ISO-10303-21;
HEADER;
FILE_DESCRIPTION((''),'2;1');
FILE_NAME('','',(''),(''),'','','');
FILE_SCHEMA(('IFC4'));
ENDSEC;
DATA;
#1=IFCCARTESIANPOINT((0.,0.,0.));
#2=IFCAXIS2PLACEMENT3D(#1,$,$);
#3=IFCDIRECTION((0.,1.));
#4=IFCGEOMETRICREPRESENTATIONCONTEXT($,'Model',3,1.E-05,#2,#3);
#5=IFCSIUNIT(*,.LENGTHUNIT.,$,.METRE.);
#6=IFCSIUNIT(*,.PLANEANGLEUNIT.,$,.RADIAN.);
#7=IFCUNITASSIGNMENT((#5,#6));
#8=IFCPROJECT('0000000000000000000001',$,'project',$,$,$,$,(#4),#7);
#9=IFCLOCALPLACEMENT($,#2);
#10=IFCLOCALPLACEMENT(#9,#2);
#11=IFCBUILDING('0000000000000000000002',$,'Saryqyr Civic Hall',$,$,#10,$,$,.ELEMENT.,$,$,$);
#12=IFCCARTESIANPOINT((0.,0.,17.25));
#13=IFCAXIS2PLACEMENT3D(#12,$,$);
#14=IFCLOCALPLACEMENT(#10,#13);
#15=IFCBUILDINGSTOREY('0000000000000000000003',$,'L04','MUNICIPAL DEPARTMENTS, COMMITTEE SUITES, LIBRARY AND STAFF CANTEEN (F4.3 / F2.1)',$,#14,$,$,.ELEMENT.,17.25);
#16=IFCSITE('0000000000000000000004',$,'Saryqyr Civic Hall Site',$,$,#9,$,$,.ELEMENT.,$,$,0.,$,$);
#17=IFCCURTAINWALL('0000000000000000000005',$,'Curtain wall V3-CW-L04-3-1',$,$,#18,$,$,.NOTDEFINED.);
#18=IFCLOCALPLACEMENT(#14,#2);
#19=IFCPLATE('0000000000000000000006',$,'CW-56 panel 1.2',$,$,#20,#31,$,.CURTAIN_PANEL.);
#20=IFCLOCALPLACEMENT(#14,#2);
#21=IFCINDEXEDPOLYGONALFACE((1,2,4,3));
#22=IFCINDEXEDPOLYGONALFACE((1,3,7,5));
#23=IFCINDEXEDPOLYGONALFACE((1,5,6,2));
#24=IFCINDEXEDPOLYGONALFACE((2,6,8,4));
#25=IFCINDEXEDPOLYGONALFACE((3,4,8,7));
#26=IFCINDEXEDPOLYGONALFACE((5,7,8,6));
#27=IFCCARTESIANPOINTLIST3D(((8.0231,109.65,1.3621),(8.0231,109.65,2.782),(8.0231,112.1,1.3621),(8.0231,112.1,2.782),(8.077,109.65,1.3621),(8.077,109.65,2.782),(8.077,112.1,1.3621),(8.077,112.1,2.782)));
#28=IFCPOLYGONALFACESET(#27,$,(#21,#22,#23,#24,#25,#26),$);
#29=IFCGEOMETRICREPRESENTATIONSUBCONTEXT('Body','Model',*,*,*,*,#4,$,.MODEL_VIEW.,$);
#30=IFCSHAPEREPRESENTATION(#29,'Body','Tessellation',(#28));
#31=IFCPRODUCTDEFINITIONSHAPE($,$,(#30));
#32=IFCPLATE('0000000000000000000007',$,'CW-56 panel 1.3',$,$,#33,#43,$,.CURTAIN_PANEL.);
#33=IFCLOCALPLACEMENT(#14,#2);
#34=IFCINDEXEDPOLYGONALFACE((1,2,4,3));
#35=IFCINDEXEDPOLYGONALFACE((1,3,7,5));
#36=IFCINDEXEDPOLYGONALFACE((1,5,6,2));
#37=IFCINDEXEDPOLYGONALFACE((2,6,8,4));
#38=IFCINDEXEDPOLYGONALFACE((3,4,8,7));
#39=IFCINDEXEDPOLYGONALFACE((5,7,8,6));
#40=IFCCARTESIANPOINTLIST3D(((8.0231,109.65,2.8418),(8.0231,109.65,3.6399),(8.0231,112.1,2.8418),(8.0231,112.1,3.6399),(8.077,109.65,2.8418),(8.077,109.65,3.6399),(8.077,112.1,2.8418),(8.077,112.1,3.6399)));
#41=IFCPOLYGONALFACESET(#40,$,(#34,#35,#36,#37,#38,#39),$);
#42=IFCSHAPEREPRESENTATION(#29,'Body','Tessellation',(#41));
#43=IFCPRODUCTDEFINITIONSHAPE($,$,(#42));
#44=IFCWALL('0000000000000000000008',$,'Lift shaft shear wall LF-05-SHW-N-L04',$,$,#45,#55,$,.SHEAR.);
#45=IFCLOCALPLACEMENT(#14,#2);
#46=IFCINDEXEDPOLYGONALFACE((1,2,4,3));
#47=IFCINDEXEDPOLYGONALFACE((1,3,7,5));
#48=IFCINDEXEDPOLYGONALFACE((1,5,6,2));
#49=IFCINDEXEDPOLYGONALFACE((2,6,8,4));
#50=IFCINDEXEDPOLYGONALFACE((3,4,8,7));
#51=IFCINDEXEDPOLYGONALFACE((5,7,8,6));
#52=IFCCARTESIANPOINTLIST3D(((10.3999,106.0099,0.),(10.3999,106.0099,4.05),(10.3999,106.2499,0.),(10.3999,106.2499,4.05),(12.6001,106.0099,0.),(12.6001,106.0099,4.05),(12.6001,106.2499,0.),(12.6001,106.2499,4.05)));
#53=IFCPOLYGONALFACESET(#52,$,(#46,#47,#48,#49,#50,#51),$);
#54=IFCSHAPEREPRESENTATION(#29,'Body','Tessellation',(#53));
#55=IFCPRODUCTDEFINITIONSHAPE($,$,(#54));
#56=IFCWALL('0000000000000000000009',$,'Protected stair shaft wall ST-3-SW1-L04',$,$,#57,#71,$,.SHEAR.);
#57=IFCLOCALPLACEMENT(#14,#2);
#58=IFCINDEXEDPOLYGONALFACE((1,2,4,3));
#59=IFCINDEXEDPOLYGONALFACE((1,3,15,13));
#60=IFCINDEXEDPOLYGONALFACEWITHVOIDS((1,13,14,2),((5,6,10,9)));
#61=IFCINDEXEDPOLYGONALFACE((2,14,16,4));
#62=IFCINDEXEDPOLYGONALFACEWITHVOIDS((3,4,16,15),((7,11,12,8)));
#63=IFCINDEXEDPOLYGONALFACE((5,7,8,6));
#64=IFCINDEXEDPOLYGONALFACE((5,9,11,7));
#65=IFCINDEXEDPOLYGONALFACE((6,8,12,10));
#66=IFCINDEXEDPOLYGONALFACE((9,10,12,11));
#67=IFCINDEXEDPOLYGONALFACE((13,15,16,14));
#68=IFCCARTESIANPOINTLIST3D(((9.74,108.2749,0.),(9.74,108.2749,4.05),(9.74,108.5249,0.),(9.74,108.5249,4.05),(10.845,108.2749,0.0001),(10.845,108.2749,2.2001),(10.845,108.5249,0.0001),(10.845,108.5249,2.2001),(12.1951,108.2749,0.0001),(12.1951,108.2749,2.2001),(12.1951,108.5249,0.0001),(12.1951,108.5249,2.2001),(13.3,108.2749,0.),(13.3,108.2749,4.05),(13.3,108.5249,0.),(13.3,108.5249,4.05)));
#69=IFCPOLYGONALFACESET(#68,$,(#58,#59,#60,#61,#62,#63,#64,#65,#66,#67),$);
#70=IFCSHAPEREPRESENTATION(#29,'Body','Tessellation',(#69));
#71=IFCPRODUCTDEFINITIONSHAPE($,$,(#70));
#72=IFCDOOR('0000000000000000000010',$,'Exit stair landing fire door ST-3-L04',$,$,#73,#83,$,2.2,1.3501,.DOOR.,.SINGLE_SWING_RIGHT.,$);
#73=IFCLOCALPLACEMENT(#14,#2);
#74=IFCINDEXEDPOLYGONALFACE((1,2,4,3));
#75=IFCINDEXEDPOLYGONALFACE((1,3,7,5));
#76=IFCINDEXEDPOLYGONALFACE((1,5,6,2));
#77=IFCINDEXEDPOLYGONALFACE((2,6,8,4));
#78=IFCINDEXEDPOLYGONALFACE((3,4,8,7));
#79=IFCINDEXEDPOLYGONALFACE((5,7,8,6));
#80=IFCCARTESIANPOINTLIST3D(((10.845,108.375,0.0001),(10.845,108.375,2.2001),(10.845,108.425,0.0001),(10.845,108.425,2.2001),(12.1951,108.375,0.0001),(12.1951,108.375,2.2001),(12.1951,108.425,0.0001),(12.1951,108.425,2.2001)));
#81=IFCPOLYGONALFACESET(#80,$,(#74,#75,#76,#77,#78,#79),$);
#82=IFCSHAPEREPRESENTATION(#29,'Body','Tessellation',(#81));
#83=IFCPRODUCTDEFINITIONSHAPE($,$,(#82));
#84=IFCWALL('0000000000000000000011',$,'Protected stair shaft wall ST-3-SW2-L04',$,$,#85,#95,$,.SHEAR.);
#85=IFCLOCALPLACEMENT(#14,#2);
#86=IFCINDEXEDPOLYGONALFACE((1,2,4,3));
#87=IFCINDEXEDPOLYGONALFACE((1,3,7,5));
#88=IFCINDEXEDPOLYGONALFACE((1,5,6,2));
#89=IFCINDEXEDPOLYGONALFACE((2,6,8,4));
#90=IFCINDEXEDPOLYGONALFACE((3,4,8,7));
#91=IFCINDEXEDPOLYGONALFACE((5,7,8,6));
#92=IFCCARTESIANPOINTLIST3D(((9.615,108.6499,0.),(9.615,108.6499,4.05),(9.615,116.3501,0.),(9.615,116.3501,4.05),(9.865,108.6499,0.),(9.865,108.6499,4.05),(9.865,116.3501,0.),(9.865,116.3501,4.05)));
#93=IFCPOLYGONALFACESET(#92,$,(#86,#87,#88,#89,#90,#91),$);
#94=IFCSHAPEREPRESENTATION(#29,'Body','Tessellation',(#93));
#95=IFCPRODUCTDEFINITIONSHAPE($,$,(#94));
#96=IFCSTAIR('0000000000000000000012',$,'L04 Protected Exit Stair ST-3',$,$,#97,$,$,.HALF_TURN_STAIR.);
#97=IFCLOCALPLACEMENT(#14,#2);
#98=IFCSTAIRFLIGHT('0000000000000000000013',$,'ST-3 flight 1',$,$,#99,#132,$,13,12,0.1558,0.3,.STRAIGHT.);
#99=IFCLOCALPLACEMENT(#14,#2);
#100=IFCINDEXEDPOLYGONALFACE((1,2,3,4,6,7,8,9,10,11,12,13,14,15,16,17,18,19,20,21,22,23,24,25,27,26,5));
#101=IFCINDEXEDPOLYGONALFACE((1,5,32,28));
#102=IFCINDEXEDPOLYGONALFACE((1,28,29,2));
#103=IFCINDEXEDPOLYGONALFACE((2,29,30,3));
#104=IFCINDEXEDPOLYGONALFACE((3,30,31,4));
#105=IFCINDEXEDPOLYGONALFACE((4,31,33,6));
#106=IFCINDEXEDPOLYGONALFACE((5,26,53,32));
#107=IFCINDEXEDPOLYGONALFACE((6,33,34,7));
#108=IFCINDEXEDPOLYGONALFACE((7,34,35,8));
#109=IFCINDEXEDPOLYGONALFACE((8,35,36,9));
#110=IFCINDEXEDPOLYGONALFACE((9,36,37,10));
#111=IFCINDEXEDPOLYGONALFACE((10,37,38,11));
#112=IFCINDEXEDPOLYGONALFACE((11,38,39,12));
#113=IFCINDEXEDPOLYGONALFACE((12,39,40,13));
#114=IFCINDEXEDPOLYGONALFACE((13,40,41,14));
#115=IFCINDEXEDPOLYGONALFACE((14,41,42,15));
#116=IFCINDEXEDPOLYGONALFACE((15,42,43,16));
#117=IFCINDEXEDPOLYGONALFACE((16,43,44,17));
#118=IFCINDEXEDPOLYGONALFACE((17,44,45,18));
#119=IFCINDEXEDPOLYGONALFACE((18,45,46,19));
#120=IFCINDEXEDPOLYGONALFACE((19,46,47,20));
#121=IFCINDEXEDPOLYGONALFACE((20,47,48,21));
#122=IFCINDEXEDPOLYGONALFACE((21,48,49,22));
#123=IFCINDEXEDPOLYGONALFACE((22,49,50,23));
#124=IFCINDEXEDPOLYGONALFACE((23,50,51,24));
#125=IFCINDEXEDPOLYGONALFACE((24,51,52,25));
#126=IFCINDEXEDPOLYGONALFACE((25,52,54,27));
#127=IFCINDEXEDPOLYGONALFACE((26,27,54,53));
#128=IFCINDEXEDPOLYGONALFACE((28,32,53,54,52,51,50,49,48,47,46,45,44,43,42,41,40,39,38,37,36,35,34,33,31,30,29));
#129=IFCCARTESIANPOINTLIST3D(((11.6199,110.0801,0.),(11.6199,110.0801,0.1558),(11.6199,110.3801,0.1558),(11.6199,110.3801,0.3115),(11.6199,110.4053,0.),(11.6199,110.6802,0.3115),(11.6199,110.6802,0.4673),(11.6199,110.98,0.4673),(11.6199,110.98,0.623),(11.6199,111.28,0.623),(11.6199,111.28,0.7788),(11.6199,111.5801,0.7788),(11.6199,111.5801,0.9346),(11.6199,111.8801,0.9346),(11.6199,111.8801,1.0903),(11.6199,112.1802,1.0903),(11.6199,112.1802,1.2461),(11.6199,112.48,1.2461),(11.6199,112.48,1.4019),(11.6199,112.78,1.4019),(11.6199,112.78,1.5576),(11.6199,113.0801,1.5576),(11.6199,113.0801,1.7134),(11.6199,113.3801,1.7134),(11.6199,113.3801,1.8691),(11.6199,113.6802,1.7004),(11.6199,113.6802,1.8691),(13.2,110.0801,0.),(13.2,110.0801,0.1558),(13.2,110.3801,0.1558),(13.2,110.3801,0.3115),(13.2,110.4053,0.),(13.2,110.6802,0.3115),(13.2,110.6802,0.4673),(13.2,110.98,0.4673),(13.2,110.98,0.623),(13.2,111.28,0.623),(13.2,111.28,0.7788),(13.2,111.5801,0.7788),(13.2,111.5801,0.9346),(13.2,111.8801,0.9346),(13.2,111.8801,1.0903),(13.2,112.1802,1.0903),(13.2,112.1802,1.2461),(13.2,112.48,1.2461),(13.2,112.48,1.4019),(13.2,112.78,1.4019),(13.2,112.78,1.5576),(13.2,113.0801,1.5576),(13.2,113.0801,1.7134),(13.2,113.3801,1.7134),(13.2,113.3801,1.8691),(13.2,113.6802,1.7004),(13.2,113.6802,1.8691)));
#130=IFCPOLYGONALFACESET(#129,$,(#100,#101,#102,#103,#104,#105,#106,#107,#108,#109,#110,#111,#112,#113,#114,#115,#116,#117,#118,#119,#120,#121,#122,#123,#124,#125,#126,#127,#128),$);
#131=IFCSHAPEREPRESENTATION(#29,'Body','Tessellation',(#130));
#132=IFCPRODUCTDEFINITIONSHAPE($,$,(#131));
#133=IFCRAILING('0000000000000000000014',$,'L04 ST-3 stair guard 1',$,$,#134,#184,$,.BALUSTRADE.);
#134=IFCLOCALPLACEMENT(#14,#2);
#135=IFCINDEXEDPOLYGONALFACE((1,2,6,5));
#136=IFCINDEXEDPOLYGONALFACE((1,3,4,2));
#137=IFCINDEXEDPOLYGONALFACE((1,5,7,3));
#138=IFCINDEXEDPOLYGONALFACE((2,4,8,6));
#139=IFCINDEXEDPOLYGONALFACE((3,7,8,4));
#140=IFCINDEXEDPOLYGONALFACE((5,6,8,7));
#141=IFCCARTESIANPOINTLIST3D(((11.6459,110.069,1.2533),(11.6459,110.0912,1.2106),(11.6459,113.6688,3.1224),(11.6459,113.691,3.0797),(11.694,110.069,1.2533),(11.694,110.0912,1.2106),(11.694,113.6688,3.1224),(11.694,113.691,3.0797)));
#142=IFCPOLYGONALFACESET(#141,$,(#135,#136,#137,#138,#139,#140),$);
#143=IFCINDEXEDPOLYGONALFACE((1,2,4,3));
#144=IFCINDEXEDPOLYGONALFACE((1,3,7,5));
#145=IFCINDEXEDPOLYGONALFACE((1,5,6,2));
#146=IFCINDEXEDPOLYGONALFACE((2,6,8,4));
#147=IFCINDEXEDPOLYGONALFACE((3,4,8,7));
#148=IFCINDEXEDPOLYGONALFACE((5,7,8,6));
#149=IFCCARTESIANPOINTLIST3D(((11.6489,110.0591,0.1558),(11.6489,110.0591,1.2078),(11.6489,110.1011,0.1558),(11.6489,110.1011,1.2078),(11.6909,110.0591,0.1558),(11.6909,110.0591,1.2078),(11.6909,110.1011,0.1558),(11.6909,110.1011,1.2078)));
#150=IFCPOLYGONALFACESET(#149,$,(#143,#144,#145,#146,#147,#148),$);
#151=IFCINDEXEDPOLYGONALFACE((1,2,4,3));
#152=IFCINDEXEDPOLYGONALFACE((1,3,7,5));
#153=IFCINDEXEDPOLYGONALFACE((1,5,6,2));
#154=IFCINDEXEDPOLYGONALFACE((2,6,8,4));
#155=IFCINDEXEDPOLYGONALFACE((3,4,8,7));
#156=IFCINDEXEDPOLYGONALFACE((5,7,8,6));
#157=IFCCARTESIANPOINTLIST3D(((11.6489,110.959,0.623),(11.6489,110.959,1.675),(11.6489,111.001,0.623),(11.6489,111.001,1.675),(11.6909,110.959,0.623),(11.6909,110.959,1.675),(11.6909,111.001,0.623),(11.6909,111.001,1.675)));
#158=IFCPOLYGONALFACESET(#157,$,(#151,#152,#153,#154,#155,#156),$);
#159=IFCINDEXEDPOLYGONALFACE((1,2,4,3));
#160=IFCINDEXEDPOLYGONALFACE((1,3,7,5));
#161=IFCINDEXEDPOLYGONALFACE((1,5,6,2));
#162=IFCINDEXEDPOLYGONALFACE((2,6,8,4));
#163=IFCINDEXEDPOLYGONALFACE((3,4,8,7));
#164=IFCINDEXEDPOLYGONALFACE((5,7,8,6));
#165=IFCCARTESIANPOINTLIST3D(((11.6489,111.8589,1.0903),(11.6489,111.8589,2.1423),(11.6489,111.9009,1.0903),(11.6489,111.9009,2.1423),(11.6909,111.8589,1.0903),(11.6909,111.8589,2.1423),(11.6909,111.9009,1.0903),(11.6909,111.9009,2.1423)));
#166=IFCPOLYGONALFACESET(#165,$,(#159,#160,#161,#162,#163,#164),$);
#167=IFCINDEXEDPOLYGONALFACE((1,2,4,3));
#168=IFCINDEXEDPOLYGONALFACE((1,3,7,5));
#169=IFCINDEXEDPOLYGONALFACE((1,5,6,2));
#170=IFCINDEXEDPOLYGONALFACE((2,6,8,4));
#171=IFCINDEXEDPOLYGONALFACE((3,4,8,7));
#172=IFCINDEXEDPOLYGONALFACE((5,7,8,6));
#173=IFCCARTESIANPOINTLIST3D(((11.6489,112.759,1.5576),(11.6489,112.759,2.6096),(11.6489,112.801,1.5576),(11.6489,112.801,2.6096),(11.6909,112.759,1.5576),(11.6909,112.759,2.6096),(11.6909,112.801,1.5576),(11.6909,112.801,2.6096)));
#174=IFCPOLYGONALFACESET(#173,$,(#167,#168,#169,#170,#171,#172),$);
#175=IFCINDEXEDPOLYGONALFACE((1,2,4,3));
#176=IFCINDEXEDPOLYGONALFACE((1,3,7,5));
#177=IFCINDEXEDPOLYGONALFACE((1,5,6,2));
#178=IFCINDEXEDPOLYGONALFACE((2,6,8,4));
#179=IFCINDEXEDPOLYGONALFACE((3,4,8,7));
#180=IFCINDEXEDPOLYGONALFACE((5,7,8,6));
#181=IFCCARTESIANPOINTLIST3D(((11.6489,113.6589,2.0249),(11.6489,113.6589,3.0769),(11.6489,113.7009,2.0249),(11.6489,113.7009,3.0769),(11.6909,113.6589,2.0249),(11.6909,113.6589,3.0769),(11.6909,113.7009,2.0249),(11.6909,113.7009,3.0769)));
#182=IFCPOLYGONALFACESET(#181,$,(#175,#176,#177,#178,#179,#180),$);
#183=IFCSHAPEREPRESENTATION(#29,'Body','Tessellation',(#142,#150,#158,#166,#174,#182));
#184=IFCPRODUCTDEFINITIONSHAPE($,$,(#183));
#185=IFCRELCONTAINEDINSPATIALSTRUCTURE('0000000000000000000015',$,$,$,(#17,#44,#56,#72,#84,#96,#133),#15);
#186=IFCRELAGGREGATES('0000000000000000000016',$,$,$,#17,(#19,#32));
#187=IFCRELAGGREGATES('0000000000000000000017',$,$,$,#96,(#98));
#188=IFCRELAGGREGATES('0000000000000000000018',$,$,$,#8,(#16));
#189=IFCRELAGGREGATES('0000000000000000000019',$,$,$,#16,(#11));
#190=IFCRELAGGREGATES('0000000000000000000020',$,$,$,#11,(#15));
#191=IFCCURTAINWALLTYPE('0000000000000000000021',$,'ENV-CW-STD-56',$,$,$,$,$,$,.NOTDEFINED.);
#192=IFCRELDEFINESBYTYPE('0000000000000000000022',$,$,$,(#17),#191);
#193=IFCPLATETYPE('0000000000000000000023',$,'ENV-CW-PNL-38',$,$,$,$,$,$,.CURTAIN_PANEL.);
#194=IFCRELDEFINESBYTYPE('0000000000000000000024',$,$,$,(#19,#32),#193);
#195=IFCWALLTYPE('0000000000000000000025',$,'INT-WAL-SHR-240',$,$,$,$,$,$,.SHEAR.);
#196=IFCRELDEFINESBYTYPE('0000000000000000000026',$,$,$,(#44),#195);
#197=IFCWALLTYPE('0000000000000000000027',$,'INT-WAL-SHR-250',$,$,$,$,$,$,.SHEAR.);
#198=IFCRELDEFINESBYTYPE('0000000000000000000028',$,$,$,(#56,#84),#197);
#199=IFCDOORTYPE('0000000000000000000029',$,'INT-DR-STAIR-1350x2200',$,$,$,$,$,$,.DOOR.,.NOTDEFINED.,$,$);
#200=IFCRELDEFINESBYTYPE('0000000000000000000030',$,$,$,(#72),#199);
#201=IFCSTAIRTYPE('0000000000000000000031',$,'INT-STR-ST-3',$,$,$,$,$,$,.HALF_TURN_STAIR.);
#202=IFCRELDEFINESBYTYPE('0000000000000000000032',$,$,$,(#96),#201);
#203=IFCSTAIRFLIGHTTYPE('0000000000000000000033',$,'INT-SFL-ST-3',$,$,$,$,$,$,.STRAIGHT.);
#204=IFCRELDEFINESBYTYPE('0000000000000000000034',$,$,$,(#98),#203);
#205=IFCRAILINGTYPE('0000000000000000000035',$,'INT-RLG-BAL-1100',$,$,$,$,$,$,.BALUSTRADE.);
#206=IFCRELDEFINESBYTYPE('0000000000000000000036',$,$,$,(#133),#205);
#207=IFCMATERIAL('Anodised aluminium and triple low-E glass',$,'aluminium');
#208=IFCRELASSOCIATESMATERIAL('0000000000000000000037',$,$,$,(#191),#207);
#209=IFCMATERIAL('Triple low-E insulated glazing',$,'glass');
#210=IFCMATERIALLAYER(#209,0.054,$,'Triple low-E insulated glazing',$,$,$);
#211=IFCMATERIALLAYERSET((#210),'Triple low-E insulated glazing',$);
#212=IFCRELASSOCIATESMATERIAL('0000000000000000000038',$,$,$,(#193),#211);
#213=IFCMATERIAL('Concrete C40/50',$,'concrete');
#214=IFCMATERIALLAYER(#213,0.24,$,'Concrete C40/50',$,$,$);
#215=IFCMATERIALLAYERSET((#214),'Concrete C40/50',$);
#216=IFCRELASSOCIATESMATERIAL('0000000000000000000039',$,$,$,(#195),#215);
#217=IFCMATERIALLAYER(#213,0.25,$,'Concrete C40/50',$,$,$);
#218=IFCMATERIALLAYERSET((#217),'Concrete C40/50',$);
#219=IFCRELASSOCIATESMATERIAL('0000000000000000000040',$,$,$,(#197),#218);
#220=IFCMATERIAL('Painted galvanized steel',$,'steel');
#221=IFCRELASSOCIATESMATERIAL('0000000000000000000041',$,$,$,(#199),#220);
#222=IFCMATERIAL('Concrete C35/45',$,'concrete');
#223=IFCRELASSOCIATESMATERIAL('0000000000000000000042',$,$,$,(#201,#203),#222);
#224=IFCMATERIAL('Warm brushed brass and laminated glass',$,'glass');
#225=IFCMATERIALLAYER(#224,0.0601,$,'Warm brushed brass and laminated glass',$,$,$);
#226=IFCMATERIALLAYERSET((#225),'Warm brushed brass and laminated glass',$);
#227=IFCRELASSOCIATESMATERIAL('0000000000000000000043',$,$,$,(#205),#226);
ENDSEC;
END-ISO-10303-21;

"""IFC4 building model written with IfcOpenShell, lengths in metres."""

from ifc_helpers import new_model, si_unit, direction, frame, frame_2d, origin, origin_2d, place, context, subcontext, project, spatial, polyline, rectangle, outline, extrude, material, layer, layer_set, type_object, element, fill, aggregate, save


model = new_model("IFC4")

# Units and contexts
model_context = context("Model", 3, precision=1e-05, world=origin(), true_north=direction((0.0, 1.0)))
body_context = subcontext(model_context, "Body", "Model", "MODEL_VIEW")
ifc_project = project(units=[si_unit("LENGTHUNIT", "METRE"), si_unit("PLANEANGLEUNIT", "RADIAN")], contexts=[model_context])

# Site, building, storey
site_placement = place(None, origin())
site = spatial("IfcSite", under=ifc_project, at=site_placement, Name="Saryqyr Civic Hall Site", CompositionType="ELEMENT", RefElevation=0.0)
building_placement = place(site_placement, origin())
building = spatial("IfcBuilding", under=site, at=building_placement, Name="Saryqyr Civic Hall", CompositionType="ELEMENT")
storey_placement = place(building_placement, frame((0.0, 0.0, 17.25)))
storey = spatial("IfcBuildingStorey", under=building, at=storey_placement, Name="L04", Description="MUNICIPAL DEPARTMENTS, COMMITTEE SUITES, LIBRARY AND STAFF CANTEEN (F4.3 / F2.1)", CompositionType="ELEMENT", Elevation=17.25)

# Shared definitions
ifc_material_1 = material(Name="Concrete C40/50", Category="concrete")

# Curtain wall
ifc_material_2 = material(Name="Anodised aluminium and triple low-E glass", Category="aluminium")
curtain_wall_type = type_object("IfcCurtainWallType", Name="ENV-CW-STD-56", PredefinedType="NOTDEFINED", material=ifc_material_2)
curtain_wall_placement = place(storey_placement, origin())
curtain_wall = element("IfcCurtainWall", 1, at=curtain_wall_placement, inside=storey, type_object=curtain_wall_type, Name="Curtain wall V3-CW-L04-3-1", PredefinedType="NOTDEFINED")

# Plates
ifc_material_3 = material(Name="Triple low-E insulated glazing", Category="glass")
ifc_layer_1 = layer(ifc_material_3, 0.054, Name="Triple low-E insulated glazing")
ifc_layer_set_1 = layer_set([ifc_layer_1], Name="Triple low-E insulated glazing")
plate_type = type_object("IfcPlateType", Name="ENV-CW-PNL-38", PredefinedType="CURTAIN_PANEL", material=ifc_layer_set_1)
plate_1_placement = place(storey_placement, frame((8.05, 110.875, 1.3621), z_axis=(0.0, 0.0, 1.0), x_axis=(0.0, 1.0, 0.0)))
plate_1 = element("IfcPlate", 2, at=plate_1_placement, type_object=plate_type, Name="CW-56 panel 1.2", PredefinedType="CURTAIN_PANEL", context=body_context, shape_type="SweptSolid", body=[
    extrude(rectangle(XDim=2.45, YDim=0.054, at=origin_2d()), origin(), (0.0, 0.0, 1.0), 1.4199),
])
plate_2_placement = place(storey_placement, frame((8.05, 110.875, 2.8418), z_axis=(0.0, 0.0, 1.0), x_axis=(0.0, 1.0, 0.0)))
plate_2 = element("IfcPlate", 3, at=plate_2_placement, type_object=plate_type, Name="CW-56 panel 1.3", PredefinedType="CURTAIN_PANEL", context=body_context, shape_type="SweptSolid", body=[
    extrude(rectangle(XDim=2.45, YDim=0.054, at=origin_2d()), origin(), (0.0, 0.0, 1.0), 0.7981),
])
aggregate(curtain_wall, [plate_1, plate_2])

# Shared definitions
ifc_layer_2 = layer(ifc_material_1, 0.24, Name="Concrete C40/50")
ifc_layer_set_2 = layer_set([ifc_layer_2], Name="Concrete C40/50")
wall_type_1 = type_object("IfcWallType", Name="INT-WAL-SHR-240", PredefinedType="SHEAR", material=ifc_layer_set_2)

# Wall
wall_1_placement = place(storey_placement, frame((10.3999, 106.1299, 0.0), z_axis=(0.0, 0.0, 1.0), x_axis=(1.0, 0.0, 0.0)))
element("IfcWall", 4, at=wall_1_placement, inside=storey, type_object=wall_type_1, Name="Lift shaft shear wall LF-05-SHW-N-L04", PredefinedType="SHEAR", context=body_context, shape_type="SweptSolid", body=[
    extrude(rectangle(XDim=2.2002, YDim=0.24, at=frame_2d((1.1001, 0.0))), origin(), (0.0, 0.0, 1.0), 4.05),
])

# Wall, opening, door
ifc_layer_3 = layer(ifc_material_1, 0.25, Name="Concrete C40/50")
ifc_layer_set_3 = layer_set([ifc_layer_3], Name="Concrete C40/50")
wall_type_2 = type_object("IfcWallType", Name="INT-WAL-SHR-250", PredefinedType="SHEAR", material=ifc_layer_set_3)
wall_2_placement = place(storey_placement, frame((13.3, 108.3999, 0.0), z_axis=(0.0, 0.0, 1.0), x_axis=(-1.0, 0.0, 0.0)))
wall_2 = element("IfcWall", 5, at=wall_2_placement, inside=storey, type_object=wall_type_2, Name="Protected stair shaft wall ST-3-SW1-L04", PredefinedType="SHEAR", context=body_context, shape_type="SweptSolid", body=[
    extrude(rectangle(XDim=3.5601, YDim=0.25, at=frame_2d((1.78, 0.0))), origin(), (0.0, 0.0, 1.0), 4.05),
])
opening_1_placement = place(wall_2_placement, frame((1.105, 0.0, 0.0)))
opening_1 = element("IfcOpeningElement", 6, at=opening_1_placement, cuts=wall_2, PredefinedType="OPENING", context=body_context, shape_type="SweptSolid", body=[
    extrude(rectangle(XDim=1.3501, YDim=2.2, at=frame_2d((0.675, 1.1001))), frame((0.0, 0.135, 0.0), z_axis=(0.0, -1.0, 0.0), x_axis=(1.0, 0.0, 0.0)), (0.0, 0.0, 1.0), 0.27),
])
ifc_material_4 = material(Name="Painted galvanized steel", Category="steel")
door_type_1 = type_object("IfcDoorType", Name="INT-DR-STAIR-1350x2200", OperationType="NOTDEFINED", PredefinedType="DOOR", material=ifc_material_4)
door_1_placement = place(opening_1_placement, origin())
door_1 = element("IfcDoor", 7, at=door_1_placement, inside=storey, type_object=door_type_1, Name="Exit stair landing fire door ST-3-L04", OperationType="SINGLE_SWING_RIGHT", OverallHeight=2.2, OverallWidth=1.3501, PredefinedType="DOOR", context=body_context, shape_type="SweptSolid", body=[
    extrude(rectangle(XDim=1.3501, YDim=2.2, at=frame_2d((0.675, 1.1001))), frame((0.0, 0.0249, 0.0), z_axis=(0.0, -1.0, 0.0), x_axis=(1.0, 0.0, 0.0)), (0.0, 0.0, 1.0), 0.05),
])
fill(opening_1, door_1)

# Wall
wall_3_placement = place(storey_placement, frame((9.74, 108.6499, 0.0), z_axis=(0.0, 0.0, 1.0), x_axis=(0.0, 1.0, 0.0)))
element("IfcWall", 8, at=wall_3_placement, inside=storey, type_object=wall_type_2, Name="Protected stair shaft wall ST-3-SW2-L04", PredefinedType="SHEAR", context=body_context, shape_type="SweptSolid", body=[
    extrude(rectangle(XDim=7.7002, YDim=0.25, at=frame_2d((3.8501, 0.0))), origin(), (0.0, 0.0, 1.0), 4.05),
])

# Stair, stair flight
ifc_material_5 = material(Name="Concrete C35/45", Category="concrete")
stair_type = type_object("IfcStairType", Name="INT-STR-ST-3", PredefinedType="HALF_TURN_STAIR", material=ifc_material_5)
stair_placement = place(storey_placement, origin())
stair = element("IfcStair", 9, at=stair_placement, inside=storey, type_object=stair_type, Name="L04 Protected Exit Stair ST-3", PredefinedType="HALF_TURN_STAIR")
stair_flight_type = type_object("IfcStairFlightType", Name="INT-SFL-ST-3", PredefinedType="STRAIGHT", material=ifc_material_5)
stair_flight_placement = place(storey_placement, frame((12.4099, 110.0801, 0.0), z_axis=(0.0, 0.0, 1.0), x_axis=(0.0, 1.0, 0.0)))
stair_flight = element("IfcStairFlight", 10, at=stair_flight_placement, type_object=stair_flight_type, Name="ST-3 flight 1", NumberOfRisers=13, NumberOfTreads=12, PredefinedType="STRAIGHT", RiserHeight=0.1558, TreadLength=0.3, context=body_context, shape_type="SweptSolid", body=[
    extrude(outline(polyline([(0.0, 0.0), (0.0, 0.1558), (0.3, 0.1558), (0.3, 0.3115), (0.6001, 0.3115), (0.6001, 0.4673), (0.8999, 0.4673), (0.8999, 0.623), (1.2, 0.623), (1.2, 0.7788), (1.5, 0.7788), (1.5, 0.9346), (1.8, 0.9346), (1.8, 1.0903), (2.1001, 1.0903), (2.1001, 1.2461), (2.3999, 1.2461), (2.3999, 1.4019), (2.7, 1.4019), (2.7, 1.5576), (3.0, 1.5576), (3.0, 1.7134), (3.3, 1.7134), (3.3, 1.8691), (3.6001, 1.8691), (3.6001, 2.0249), (3.6001, 1.7004), (0.3252, 0.0), (0.0, 0.0)])), frame((0.0, 0.79, 0.0), z_axis=(0.0, -1.0, 0.0), x_axis=(1.0, 0.0, 0.0)), (0.0, 0.0, 1.0), 1.5801),
])
aggregate(stair, [stair_flight])

# Railing
ifc_material_6 = material(Name="Warm brushed brass and laminated glass", Category="glass")
ifc_layer_4 = layer(ifc_material_6, 0.0601, Name="Warm brushed brass and laminated glass")
ifc_layer_set_4 = layer_set([ifc_layer_4], Name="Warm brushed brass and laminated glass")
railing_type_1 = type_object("IfcRailingType", Name="INT-RLG-BAL-1100", PredefinedType="BALUSTRADE", material=ifc_layer_set_4)
railing_1_placement = place(storey_placement, frame((11.6699, 110.0801, 0.1558)))
element("IfcRailing", 11, at=railing_1_placement, inside=storey, type_object=railing_type_1, Name="L04 ST-3 stair guard 1", PredefinedType="BALUSTRADE", context=body_context, shape_type="SweptSolid", body=[
    extrude(rectangle(XDim=0.0481, YDim=0.0481, at=origin_2d()), frame((0.0, 0.0, 1.0762), z_axis=(0.0, 0.887497, 0.460813), x_axis=(-1.0, 0.0, 0.0)), (0.0, 0.0, 1.0), 4.0562),
    extrude(rectangle(XDim=0.042, YDim=0.042, at=origin_2d()), origin(), (0.0, 0.0, 1.0), 1.052),
    extrude(rectangle(XDim=0.042, YDim=0.042, at=origin_2d()), frame((0.0, 0.8999, 0.4673)), (0.0, 0.0, 1.0), 1.052),
    extrude(rectangle(XDim=0.042, YDim=0.042, at=origin_2d()), frame((0.0, 1.7998, 0.9346)), (0.0, 0.0, 1.0), 1.052),
    extrude(rectangle(XDim=0.042, YDim=0.042, at=origin_2d()), frame((0.0, 2.7, 1.4019)), (0.0, 0.0, 1.0), 1.052),
    extrude(rectangle(XDim=0.042, YDim=0.042, at=origin_2d()), frame((0.0, 3.5999, 1.8691)), (0.0, 0.0, 1.0), 1.052),
])

save(model, "model.ifc")
